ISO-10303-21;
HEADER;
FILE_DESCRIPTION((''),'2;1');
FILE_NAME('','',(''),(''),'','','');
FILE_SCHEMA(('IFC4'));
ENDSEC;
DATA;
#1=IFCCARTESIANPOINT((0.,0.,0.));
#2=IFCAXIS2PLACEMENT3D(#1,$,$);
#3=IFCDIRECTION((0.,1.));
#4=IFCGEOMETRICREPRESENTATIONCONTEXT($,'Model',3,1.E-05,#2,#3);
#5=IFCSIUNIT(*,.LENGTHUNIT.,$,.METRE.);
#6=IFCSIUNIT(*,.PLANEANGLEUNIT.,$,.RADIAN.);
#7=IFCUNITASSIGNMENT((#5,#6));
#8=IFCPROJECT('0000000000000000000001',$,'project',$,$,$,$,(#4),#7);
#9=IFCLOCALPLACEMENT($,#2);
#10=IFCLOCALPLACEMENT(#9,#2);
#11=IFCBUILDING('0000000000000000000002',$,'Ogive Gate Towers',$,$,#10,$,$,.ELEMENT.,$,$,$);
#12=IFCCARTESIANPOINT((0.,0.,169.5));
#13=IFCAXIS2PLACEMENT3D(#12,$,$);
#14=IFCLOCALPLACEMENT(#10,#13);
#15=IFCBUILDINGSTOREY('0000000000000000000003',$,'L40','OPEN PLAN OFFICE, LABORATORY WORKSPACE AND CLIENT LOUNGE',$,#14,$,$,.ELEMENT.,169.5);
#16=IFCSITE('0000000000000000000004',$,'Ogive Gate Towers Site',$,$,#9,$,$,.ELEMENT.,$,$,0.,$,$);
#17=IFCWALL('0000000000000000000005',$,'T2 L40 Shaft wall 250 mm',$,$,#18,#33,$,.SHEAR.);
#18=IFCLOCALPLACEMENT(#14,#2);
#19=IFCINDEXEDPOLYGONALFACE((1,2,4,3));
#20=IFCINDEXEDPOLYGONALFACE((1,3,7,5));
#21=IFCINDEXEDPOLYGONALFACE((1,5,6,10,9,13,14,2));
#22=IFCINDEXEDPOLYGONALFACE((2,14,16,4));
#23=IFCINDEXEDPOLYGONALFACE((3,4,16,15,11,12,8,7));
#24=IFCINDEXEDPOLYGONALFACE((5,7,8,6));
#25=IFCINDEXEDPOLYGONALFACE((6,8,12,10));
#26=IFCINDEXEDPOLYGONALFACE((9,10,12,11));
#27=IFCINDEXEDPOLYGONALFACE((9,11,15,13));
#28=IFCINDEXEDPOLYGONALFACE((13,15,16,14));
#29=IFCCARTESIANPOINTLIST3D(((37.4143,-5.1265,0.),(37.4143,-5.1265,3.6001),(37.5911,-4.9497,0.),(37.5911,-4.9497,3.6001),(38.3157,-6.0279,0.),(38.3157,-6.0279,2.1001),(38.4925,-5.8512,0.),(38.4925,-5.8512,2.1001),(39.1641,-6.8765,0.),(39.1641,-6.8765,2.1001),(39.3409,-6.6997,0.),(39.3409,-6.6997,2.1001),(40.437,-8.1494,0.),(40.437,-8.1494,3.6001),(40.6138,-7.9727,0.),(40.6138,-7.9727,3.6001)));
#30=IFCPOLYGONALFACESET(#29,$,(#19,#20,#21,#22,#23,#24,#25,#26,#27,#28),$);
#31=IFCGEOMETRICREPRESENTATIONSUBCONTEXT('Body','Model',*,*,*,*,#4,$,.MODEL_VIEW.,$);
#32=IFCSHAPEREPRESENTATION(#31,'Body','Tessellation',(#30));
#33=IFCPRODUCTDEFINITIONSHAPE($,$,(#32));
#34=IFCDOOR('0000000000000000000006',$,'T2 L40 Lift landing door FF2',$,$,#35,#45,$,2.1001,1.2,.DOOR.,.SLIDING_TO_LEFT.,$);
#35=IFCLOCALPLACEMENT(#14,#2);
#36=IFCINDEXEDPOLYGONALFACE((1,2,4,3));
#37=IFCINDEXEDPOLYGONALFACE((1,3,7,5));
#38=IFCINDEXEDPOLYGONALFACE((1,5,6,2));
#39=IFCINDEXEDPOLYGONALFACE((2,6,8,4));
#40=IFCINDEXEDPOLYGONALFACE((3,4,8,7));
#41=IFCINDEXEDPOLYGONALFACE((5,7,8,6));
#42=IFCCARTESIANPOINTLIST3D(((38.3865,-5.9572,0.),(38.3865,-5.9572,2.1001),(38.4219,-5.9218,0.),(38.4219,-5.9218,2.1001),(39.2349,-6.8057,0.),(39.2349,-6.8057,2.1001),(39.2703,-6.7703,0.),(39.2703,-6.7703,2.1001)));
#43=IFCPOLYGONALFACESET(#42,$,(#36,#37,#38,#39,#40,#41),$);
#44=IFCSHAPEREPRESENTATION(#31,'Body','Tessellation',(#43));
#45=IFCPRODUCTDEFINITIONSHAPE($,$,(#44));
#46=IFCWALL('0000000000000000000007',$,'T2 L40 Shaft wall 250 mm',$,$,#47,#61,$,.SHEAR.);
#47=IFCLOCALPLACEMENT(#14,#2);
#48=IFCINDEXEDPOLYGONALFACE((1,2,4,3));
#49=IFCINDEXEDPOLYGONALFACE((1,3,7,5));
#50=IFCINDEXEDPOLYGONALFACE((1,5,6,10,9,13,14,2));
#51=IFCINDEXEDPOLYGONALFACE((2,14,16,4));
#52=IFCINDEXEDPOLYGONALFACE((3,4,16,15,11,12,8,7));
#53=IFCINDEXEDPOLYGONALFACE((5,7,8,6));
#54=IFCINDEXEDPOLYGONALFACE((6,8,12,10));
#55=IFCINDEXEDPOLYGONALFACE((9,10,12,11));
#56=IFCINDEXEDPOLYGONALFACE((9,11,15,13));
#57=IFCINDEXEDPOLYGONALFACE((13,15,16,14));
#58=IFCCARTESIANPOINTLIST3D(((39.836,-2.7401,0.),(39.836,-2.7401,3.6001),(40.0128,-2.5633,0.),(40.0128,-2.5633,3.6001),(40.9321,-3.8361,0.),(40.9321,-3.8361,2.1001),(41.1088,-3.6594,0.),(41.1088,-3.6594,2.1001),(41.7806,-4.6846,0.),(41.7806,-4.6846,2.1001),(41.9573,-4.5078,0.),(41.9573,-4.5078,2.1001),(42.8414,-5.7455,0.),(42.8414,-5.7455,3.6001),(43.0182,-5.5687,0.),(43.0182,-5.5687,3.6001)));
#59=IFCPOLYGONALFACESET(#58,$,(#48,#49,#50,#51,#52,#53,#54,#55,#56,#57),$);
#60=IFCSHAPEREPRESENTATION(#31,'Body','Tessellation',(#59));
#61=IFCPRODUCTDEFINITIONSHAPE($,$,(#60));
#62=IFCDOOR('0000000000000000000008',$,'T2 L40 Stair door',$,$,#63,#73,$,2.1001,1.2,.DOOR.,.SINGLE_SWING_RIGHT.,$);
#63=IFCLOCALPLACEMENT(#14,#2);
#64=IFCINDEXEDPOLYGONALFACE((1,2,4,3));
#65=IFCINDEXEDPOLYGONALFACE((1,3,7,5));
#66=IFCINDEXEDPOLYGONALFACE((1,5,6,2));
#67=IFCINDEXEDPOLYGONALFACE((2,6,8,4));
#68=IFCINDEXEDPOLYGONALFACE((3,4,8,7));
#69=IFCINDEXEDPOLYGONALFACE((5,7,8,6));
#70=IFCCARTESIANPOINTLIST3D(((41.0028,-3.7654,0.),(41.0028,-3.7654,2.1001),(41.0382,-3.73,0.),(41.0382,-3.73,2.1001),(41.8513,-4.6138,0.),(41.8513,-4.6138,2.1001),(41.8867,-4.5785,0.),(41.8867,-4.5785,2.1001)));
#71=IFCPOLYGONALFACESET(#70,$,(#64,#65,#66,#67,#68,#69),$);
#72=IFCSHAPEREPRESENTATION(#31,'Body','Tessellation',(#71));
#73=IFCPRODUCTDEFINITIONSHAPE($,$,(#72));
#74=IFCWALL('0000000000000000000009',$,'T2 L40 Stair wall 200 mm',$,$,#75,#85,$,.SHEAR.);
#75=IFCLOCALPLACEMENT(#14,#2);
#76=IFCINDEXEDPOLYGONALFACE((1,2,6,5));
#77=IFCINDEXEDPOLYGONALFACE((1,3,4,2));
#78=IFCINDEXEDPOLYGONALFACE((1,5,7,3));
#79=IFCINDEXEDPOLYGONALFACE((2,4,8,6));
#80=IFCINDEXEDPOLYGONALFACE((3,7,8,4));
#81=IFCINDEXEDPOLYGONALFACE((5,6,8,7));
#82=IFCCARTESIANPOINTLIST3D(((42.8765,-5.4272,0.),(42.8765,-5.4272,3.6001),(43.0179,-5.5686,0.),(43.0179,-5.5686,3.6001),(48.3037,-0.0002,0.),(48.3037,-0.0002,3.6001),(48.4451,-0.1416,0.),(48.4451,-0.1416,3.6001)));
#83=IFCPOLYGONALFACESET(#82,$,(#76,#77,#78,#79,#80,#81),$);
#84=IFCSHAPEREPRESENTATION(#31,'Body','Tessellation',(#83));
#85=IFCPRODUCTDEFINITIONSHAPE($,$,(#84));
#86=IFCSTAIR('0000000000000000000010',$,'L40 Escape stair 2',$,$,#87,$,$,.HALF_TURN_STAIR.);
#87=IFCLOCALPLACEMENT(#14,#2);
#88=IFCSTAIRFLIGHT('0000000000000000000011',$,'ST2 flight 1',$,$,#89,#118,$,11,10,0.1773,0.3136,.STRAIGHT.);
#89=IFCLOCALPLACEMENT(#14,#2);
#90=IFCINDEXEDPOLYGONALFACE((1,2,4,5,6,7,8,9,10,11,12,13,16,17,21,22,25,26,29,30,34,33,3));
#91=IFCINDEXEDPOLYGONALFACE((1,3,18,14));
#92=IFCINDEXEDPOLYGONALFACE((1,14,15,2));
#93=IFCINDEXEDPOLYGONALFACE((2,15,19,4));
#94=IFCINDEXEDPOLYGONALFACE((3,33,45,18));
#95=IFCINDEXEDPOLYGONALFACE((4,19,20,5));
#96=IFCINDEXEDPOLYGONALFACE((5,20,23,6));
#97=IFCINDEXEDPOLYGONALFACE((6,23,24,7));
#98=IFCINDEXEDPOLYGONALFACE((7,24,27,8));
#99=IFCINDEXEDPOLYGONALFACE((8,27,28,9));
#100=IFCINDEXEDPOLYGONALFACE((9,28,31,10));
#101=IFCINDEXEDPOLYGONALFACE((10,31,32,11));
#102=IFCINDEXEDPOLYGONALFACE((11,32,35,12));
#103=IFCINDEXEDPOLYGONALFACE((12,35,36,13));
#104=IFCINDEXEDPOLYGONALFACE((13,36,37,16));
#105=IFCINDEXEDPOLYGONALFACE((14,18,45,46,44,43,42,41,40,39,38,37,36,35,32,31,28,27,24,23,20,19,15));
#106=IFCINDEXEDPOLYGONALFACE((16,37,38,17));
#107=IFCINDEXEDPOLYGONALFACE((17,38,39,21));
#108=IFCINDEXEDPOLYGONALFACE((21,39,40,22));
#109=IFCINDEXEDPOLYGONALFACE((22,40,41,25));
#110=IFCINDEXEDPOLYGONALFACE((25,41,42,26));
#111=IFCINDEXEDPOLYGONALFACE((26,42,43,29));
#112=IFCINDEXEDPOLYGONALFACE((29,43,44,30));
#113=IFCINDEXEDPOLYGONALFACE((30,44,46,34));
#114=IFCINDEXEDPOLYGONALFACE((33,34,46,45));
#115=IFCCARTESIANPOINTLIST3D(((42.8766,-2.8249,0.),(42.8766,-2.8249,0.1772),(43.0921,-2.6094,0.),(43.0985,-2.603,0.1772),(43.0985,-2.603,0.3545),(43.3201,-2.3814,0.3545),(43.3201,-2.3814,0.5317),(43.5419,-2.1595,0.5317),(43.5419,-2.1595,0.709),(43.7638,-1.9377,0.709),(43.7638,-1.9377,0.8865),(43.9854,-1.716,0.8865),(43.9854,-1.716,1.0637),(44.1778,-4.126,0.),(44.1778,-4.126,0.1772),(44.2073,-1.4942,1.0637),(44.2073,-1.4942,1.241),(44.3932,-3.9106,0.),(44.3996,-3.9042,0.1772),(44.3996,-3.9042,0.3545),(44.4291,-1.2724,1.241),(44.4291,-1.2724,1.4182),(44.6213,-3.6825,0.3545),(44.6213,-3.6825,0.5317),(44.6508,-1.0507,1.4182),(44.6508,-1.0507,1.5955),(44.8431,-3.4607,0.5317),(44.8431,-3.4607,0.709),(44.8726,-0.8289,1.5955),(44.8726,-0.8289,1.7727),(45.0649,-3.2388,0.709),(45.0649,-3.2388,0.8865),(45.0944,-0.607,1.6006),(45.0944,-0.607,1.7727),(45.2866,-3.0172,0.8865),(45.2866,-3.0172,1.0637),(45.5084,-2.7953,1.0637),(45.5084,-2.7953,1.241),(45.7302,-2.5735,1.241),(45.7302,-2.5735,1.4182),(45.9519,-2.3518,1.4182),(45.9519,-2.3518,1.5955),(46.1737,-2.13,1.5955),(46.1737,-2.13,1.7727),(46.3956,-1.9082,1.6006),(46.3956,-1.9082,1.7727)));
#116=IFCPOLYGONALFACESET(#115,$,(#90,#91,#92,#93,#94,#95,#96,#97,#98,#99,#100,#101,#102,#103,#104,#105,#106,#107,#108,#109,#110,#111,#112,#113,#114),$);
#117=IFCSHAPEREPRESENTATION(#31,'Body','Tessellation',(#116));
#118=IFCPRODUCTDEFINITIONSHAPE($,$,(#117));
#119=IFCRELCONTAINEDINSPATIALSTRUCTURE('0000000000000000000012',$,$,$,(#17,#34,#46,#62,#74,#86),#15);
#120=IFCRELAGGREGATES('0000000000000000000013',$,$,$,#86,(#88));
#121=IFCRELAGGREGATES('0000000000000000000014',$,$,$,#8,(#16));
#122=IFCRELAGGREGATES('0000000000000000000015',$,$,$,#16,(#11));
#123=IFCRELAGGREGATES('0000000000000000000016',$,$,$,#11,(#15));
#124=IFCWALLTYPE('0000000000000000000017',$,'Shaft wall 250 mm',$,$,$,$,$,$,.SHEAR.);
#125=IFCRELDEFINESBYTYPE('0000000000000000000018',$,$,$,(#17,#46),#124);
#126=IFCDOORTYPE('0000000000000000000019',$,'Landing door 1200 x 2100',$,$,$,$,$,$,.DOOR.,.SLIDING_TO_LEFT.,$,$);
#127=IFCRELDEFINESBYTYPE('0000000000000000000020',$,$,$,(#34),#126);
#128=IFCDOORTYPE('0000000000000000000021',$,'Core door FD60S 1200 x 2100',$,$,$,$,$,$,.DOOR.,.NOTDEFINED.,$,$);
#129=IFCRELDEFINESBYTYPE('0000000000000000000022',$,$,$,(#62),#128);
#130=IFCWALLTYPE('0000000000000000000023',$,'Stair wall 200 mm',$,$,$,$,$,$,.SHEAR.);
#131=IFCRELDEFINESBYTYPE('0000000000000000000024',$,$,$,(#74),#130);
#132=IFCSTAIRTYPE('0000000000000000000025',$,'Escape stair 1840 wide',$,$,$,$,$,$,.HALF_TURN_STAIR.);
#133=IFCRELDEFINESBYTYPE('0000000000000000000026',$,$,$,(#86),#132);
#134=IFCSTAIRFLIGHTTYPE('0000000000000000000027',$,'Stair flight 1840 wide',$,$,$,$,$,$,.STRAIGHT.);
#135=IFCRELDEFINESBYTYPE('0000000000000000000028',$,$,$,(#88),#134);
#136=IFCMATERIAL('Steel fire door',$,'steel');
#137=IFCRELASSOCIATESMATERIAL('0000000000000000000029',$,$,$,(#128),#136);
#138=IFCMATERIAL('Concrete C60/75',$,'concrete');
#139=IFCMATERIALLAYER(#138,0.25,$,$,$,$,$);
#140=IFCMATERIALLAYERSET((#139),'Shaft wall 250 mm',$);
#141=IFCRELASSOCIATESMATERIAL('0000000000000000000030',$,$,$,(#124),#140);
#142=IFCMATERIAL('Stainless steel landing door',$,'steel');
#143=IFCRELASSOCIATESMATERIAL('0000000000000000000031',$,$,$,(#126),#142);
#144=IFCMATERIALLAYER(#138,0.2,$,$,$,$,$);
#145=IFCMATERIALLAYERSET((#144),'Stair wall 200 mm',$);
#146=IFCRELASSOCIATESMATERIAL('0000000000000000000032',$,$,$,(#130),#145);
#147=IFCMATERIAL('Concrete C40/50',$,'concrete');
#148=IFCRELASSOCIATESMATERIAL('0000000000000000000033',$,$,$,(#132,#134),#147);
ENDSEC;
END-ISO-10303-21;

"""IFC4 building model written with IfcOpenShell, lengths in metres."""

from ifc_helpers import new_model, si_unit, direction, frame, frame_2d, origin, place, context, subcontext, project, spatial, polyline, rectangle, outline, extrude, material, layer, layer_set, type_object, element, fill, aggregate, save


model = new_model("IFC4")

# Units and contexts
model_context = context("Model", 3, precision=1e-05, world=origin(), true_north=direction((0.0, 1.0)))
body_context = subcontext(model_context, "Body", "Model", "MODEL_VIEW")
ifc_project = project(units=[si_unit("LENGTHUNIT", "METRE"), si_unit("PLANEANGLEUNIT", "RADIAN")], contexts=[model_context])

# Site, building, storey
site_placement = place(None, origin())
site = spatial("IfcSite", under=ifc_project, at=site_placement, Name="Ogive Gate Towers Site", CompositionType="ELEMENT", RefElevation=0.0)
building_placement = place(site_placement, origin())
building = spatial("IfcBuilding", under=site, at=building_placement, Name="Ogive Gate Towers", CompositionType="ELEMENT")
storey_placement = place(building_placement, frame((0.0, 0.0, 169.5)))
storey = spatial("IfcBuildingStorey", under=building, at=storey_placement, Name="L40", Description="OPEN PLAN OFFICE, LABORATORY WORKSPACE AND CLIENT LOUNGE", CompositionType="ELEMENT", Elevation=169.5)

# Shared definitions
ifc_material_1 = material(Name="Concrete C60/75", Category="concrete")
ifc_material_2 = material(Name="Steel fire door", Category="steel")
door_type_1 = type_object("IfcDoorType", Name="Core door FD60S 1200 x 2100", OperationType="NOTDEFINED", PredefinedType="DOOR", material=ifc_material_2)

# Shared definitions
ifc_layer_1 = layer(ifc_material_1, 0.25)
ifc_layer_set_1 = layer_set([ifc_layer_1], Name="Shaft wall 250 mm")
wall_type_1 = type_object("IfcWallType", Name="Shaft wall 250 mm", PredefinedType="SHEAR", material=ifc_layer_set_1)

# Walls, openings, doors
wall_1_placement = place(storey_placement, frame((40.5254, -8.061, 0.0), z_axis=(0.0, 0.0, 1.0), x_axis=(-0.707078, 0.707135, 0.0)))
wall_1 = element("IfcWall", 1, at=wall_1_placement, inside=storey, type_object=wall_type_1, Name="T2 L40 Shaft wall 250 mm", PredefinedType="SHEAR", context=body_context, shape_type="SweptSolid", body=[
    extrude(rectangle(XDim=4.2749, YDim=0.25, at=frame_2d((2.1375, 0.0))), origin(), (0.0, 0.0, 1.0), 3.6001),
])
opening_1_placement = place(wall_1_placement, frame((1.8, 0.0, 0.0)))
opening_1 = element("IfcOpeningElement", 2, at=opening_1_placement, cuts=wall_1, PredefinedType="OPENING", context=body_context, shape_type="SweptSolid", body=[
    extrude(rectangle(XDim=1.2, YDim=2.1001, at=frame_2d((0.6001, 1.05))), frame((0.0, 0.135, 0.0), z_axis=(0.0, -1.0, 0.0), x_axis=(1.0, 0.0, 0.0)), (0.0, 0.0, 1.0), 0.27),
])
ifc_material_3 = material(Name="Stainless steel landing door", Category="steel")
door_type_2 = type_object("IfcDoorType", Name="Landing door 1200 x 2100", OperationType="SLIDING_TO_LEFT", PredefinedType="DOOR", material=ifc_material_3)
door_1_placement = place(opening_1_placement, origin())
door_1 = element("IfcDoor", 3, at=door_1_placement, inside=storey, type_object=door_type_2, Name="T2 L40 Lift landing door FF2", OperationType="SLIDING_TO_LEFT", OverallHeight=2.1001, OverallWidth=1.2, PredefinedType="DOOR", context=body_context, shape_type="SweptSolid", body=[
    extrude(rectangle(XDim=1.2, YDim=2.1001, at=frame_2d((0.6001, 1.05))), frame((0.0, 0.0249, 0.0), z_axis=(0.0, -1.0, 0.0), x_axis=(1.0, 0.0, 0.0)), (0.0, 0.0, 1.0), 0.05),
])
fill(opening_1, door_1)
wall_2_placement = place(storey_placement, frame((42.9297, -5.657, 0.0), z_axis=(0.0, 0.0, 1.0), x_axis=(-0.707107, 0.707107, 0.0)))
wall_2 = element("IfcWall", 4, at=wall_2_placement, inside=storey, type_object=wall_type_1, Name="T2 L40 Shaft wall 250 mm", PredefinedType="SHEAR", context=body_context, shape_type="SweptSolid", body=[
    extrude(rectangle(XDim=4.2502, YDim=0.25, at=frame_2d((2.125, 0.0))), origin(), (0.0, 0.0, 1.0), 3.6001),
])
opening_2_placement = place(wall_2_placement, frame((1.5, 0.0, 0.0)))
opening_2 = element("IfcOpeningElement", 5, at=opening_2_placement, cuts=wall_2, PredefinedType="OPENING", context=body_context, shape_type="SweptSolid", body=[
    extrude(rectangle(XDim=1.2, YDim=2.1001, at=frame_2d((0.6001, 1.05))), frame((0.0, 0.135, 0.0), z_axis=(0.0, -1.0, 0.0), x_axis=(1.0, 0.0, 0.0)), (0.0, 0.0, 1.0), 0.27),
])
door_2_placement = place(opening_2_placement, origin())
door_2 = element("IfcDoor", 6, at=door_2_placement, inside=storey, type_object=door_type_1, Name="T2 L40 Stair door", OperationType="SINGLE_SWING_RIGHT", OverallHeight=2.1001, OverallWidth=1.2, PredefinedType="DOOR", context=body_context, shape_type="SweptSolid", body=[
    extrude(rectangle(XDim=1.2, YDim=2.1001, at=frame_2d((0.6001, 1.05))), frame((0.0, 0.0249, 0.0), z_axis=(0.0, -1.0, 0.0), x_axis=(1.0, 0.0, 0.0)), (0.0, 0.0, 1.0), 0.05),
])
fill(opening_2, door_2)

# Wall
ifc_layer_2 = layer(ifc_material_1, 0.2)
ifc_layer_set_2 = layer_set([ifc_layer_2], Name="Stair wall 200 mm")
wall_type_2 = type_object("IfcWallType", Name="Stair wall 200 mm", PredefinedType="SHEAR", material=ifc_layer_set_2)
wall_3_placement = place(storey_placement, frame((42.9473, -5.4978, 0.0), z_axis=(0.0, 0.0, 1.0), x_axis=(0.707123, 0.707091, 0.0)))
element("IfcWall", 7, at=wall_3_placement, inside=storey, type_object=wall_type_2, Name="T2 L40 Stair wall 200 mm", PredefinedType="SHEAR", context=body_context, shape_type="SweptSolid", body=[
    extrude(rectangle(XDim=7.675, YDim=0.2, at=frame_2d((3.8374, 0.0))), origin(), (0.0, 0.0, 1.0), 3.6001),
])

# Stair, stair flight
ifc_material_4 = material(Name="Concrete C40/50", Category="concrete")
stair_type = type_object("IfcStairType", Name="Escape stair 1840 wide", PredefinedType="HALF_TURN_STAIR", material=ifc_material_4)
stair_placement = place(storey_placement, origin())
stair = element("IfcStair", 8, at=stair_placement, inside=storey, type_object=stair_type, Name="L40 Escape stair 2", PredefinedType="HALF_TURN_STAIR")
stair_flight_type = type_object("IfcStairFlightType", Name="Stair flight 1840 wide", PredefinedType="STRAIGHT", material=ifc_material_4)
stair_flight_placement = place(storey_placement, frame((43.5271, -3.4753, 0.0), z_axis=(0.0, 0.0, 1.0), x_axis=(0.707107, 0.707107, 0.0)))
stair_flight = element("IfcStairFlight", 9, at=stair_flight_placement, type_object=stair_flight_type, Name="ST2 flight 1", NumberOfRisers=11, NumberOfTreads=10, PredefinedType="STRAIGHT", RiserHeight=0.1773, TreadLength=0.3136, context=body_context, shape_type="SweptSolid", body=[
    extrude(outline(polyline([(0.0, 0.0), (0.0, 0.1772), (0.3137, 0.1772), (0.3137, 0.3545), (0.6272, 0.3545), (0.6272, 0.5317), (0.9409, 0.5317), (0.9409, 0.709), (1.2546, 0.709), (1.2546, 0.8865), (1.5681, 0.8865), (1.5681, 1.0637), (1.8818, 1.0637), (1.8818, 1.241), (2.1956, 1.241), (2.1956, 1.4182), (2.509, 1.4182), (2.509, 1.5955), (2.8228, 1.5955), (2.8228, 1.7727), (3.1365, 1.7727), (3.1365, 1.95), (3.1365, 1.6006), (0.3047, 0.0), (0.0, 0.0)])), frame((0.0, 0.9199, 0.0), z_axis=(0.0, -1.0, 0.0), x_axis=(1.0, 0.0, 0.0)), (0.0, 0.0, 1.0), 1.8401),
])
aggregate(stair, [stair_flight])

save(model, "model.ifc")
